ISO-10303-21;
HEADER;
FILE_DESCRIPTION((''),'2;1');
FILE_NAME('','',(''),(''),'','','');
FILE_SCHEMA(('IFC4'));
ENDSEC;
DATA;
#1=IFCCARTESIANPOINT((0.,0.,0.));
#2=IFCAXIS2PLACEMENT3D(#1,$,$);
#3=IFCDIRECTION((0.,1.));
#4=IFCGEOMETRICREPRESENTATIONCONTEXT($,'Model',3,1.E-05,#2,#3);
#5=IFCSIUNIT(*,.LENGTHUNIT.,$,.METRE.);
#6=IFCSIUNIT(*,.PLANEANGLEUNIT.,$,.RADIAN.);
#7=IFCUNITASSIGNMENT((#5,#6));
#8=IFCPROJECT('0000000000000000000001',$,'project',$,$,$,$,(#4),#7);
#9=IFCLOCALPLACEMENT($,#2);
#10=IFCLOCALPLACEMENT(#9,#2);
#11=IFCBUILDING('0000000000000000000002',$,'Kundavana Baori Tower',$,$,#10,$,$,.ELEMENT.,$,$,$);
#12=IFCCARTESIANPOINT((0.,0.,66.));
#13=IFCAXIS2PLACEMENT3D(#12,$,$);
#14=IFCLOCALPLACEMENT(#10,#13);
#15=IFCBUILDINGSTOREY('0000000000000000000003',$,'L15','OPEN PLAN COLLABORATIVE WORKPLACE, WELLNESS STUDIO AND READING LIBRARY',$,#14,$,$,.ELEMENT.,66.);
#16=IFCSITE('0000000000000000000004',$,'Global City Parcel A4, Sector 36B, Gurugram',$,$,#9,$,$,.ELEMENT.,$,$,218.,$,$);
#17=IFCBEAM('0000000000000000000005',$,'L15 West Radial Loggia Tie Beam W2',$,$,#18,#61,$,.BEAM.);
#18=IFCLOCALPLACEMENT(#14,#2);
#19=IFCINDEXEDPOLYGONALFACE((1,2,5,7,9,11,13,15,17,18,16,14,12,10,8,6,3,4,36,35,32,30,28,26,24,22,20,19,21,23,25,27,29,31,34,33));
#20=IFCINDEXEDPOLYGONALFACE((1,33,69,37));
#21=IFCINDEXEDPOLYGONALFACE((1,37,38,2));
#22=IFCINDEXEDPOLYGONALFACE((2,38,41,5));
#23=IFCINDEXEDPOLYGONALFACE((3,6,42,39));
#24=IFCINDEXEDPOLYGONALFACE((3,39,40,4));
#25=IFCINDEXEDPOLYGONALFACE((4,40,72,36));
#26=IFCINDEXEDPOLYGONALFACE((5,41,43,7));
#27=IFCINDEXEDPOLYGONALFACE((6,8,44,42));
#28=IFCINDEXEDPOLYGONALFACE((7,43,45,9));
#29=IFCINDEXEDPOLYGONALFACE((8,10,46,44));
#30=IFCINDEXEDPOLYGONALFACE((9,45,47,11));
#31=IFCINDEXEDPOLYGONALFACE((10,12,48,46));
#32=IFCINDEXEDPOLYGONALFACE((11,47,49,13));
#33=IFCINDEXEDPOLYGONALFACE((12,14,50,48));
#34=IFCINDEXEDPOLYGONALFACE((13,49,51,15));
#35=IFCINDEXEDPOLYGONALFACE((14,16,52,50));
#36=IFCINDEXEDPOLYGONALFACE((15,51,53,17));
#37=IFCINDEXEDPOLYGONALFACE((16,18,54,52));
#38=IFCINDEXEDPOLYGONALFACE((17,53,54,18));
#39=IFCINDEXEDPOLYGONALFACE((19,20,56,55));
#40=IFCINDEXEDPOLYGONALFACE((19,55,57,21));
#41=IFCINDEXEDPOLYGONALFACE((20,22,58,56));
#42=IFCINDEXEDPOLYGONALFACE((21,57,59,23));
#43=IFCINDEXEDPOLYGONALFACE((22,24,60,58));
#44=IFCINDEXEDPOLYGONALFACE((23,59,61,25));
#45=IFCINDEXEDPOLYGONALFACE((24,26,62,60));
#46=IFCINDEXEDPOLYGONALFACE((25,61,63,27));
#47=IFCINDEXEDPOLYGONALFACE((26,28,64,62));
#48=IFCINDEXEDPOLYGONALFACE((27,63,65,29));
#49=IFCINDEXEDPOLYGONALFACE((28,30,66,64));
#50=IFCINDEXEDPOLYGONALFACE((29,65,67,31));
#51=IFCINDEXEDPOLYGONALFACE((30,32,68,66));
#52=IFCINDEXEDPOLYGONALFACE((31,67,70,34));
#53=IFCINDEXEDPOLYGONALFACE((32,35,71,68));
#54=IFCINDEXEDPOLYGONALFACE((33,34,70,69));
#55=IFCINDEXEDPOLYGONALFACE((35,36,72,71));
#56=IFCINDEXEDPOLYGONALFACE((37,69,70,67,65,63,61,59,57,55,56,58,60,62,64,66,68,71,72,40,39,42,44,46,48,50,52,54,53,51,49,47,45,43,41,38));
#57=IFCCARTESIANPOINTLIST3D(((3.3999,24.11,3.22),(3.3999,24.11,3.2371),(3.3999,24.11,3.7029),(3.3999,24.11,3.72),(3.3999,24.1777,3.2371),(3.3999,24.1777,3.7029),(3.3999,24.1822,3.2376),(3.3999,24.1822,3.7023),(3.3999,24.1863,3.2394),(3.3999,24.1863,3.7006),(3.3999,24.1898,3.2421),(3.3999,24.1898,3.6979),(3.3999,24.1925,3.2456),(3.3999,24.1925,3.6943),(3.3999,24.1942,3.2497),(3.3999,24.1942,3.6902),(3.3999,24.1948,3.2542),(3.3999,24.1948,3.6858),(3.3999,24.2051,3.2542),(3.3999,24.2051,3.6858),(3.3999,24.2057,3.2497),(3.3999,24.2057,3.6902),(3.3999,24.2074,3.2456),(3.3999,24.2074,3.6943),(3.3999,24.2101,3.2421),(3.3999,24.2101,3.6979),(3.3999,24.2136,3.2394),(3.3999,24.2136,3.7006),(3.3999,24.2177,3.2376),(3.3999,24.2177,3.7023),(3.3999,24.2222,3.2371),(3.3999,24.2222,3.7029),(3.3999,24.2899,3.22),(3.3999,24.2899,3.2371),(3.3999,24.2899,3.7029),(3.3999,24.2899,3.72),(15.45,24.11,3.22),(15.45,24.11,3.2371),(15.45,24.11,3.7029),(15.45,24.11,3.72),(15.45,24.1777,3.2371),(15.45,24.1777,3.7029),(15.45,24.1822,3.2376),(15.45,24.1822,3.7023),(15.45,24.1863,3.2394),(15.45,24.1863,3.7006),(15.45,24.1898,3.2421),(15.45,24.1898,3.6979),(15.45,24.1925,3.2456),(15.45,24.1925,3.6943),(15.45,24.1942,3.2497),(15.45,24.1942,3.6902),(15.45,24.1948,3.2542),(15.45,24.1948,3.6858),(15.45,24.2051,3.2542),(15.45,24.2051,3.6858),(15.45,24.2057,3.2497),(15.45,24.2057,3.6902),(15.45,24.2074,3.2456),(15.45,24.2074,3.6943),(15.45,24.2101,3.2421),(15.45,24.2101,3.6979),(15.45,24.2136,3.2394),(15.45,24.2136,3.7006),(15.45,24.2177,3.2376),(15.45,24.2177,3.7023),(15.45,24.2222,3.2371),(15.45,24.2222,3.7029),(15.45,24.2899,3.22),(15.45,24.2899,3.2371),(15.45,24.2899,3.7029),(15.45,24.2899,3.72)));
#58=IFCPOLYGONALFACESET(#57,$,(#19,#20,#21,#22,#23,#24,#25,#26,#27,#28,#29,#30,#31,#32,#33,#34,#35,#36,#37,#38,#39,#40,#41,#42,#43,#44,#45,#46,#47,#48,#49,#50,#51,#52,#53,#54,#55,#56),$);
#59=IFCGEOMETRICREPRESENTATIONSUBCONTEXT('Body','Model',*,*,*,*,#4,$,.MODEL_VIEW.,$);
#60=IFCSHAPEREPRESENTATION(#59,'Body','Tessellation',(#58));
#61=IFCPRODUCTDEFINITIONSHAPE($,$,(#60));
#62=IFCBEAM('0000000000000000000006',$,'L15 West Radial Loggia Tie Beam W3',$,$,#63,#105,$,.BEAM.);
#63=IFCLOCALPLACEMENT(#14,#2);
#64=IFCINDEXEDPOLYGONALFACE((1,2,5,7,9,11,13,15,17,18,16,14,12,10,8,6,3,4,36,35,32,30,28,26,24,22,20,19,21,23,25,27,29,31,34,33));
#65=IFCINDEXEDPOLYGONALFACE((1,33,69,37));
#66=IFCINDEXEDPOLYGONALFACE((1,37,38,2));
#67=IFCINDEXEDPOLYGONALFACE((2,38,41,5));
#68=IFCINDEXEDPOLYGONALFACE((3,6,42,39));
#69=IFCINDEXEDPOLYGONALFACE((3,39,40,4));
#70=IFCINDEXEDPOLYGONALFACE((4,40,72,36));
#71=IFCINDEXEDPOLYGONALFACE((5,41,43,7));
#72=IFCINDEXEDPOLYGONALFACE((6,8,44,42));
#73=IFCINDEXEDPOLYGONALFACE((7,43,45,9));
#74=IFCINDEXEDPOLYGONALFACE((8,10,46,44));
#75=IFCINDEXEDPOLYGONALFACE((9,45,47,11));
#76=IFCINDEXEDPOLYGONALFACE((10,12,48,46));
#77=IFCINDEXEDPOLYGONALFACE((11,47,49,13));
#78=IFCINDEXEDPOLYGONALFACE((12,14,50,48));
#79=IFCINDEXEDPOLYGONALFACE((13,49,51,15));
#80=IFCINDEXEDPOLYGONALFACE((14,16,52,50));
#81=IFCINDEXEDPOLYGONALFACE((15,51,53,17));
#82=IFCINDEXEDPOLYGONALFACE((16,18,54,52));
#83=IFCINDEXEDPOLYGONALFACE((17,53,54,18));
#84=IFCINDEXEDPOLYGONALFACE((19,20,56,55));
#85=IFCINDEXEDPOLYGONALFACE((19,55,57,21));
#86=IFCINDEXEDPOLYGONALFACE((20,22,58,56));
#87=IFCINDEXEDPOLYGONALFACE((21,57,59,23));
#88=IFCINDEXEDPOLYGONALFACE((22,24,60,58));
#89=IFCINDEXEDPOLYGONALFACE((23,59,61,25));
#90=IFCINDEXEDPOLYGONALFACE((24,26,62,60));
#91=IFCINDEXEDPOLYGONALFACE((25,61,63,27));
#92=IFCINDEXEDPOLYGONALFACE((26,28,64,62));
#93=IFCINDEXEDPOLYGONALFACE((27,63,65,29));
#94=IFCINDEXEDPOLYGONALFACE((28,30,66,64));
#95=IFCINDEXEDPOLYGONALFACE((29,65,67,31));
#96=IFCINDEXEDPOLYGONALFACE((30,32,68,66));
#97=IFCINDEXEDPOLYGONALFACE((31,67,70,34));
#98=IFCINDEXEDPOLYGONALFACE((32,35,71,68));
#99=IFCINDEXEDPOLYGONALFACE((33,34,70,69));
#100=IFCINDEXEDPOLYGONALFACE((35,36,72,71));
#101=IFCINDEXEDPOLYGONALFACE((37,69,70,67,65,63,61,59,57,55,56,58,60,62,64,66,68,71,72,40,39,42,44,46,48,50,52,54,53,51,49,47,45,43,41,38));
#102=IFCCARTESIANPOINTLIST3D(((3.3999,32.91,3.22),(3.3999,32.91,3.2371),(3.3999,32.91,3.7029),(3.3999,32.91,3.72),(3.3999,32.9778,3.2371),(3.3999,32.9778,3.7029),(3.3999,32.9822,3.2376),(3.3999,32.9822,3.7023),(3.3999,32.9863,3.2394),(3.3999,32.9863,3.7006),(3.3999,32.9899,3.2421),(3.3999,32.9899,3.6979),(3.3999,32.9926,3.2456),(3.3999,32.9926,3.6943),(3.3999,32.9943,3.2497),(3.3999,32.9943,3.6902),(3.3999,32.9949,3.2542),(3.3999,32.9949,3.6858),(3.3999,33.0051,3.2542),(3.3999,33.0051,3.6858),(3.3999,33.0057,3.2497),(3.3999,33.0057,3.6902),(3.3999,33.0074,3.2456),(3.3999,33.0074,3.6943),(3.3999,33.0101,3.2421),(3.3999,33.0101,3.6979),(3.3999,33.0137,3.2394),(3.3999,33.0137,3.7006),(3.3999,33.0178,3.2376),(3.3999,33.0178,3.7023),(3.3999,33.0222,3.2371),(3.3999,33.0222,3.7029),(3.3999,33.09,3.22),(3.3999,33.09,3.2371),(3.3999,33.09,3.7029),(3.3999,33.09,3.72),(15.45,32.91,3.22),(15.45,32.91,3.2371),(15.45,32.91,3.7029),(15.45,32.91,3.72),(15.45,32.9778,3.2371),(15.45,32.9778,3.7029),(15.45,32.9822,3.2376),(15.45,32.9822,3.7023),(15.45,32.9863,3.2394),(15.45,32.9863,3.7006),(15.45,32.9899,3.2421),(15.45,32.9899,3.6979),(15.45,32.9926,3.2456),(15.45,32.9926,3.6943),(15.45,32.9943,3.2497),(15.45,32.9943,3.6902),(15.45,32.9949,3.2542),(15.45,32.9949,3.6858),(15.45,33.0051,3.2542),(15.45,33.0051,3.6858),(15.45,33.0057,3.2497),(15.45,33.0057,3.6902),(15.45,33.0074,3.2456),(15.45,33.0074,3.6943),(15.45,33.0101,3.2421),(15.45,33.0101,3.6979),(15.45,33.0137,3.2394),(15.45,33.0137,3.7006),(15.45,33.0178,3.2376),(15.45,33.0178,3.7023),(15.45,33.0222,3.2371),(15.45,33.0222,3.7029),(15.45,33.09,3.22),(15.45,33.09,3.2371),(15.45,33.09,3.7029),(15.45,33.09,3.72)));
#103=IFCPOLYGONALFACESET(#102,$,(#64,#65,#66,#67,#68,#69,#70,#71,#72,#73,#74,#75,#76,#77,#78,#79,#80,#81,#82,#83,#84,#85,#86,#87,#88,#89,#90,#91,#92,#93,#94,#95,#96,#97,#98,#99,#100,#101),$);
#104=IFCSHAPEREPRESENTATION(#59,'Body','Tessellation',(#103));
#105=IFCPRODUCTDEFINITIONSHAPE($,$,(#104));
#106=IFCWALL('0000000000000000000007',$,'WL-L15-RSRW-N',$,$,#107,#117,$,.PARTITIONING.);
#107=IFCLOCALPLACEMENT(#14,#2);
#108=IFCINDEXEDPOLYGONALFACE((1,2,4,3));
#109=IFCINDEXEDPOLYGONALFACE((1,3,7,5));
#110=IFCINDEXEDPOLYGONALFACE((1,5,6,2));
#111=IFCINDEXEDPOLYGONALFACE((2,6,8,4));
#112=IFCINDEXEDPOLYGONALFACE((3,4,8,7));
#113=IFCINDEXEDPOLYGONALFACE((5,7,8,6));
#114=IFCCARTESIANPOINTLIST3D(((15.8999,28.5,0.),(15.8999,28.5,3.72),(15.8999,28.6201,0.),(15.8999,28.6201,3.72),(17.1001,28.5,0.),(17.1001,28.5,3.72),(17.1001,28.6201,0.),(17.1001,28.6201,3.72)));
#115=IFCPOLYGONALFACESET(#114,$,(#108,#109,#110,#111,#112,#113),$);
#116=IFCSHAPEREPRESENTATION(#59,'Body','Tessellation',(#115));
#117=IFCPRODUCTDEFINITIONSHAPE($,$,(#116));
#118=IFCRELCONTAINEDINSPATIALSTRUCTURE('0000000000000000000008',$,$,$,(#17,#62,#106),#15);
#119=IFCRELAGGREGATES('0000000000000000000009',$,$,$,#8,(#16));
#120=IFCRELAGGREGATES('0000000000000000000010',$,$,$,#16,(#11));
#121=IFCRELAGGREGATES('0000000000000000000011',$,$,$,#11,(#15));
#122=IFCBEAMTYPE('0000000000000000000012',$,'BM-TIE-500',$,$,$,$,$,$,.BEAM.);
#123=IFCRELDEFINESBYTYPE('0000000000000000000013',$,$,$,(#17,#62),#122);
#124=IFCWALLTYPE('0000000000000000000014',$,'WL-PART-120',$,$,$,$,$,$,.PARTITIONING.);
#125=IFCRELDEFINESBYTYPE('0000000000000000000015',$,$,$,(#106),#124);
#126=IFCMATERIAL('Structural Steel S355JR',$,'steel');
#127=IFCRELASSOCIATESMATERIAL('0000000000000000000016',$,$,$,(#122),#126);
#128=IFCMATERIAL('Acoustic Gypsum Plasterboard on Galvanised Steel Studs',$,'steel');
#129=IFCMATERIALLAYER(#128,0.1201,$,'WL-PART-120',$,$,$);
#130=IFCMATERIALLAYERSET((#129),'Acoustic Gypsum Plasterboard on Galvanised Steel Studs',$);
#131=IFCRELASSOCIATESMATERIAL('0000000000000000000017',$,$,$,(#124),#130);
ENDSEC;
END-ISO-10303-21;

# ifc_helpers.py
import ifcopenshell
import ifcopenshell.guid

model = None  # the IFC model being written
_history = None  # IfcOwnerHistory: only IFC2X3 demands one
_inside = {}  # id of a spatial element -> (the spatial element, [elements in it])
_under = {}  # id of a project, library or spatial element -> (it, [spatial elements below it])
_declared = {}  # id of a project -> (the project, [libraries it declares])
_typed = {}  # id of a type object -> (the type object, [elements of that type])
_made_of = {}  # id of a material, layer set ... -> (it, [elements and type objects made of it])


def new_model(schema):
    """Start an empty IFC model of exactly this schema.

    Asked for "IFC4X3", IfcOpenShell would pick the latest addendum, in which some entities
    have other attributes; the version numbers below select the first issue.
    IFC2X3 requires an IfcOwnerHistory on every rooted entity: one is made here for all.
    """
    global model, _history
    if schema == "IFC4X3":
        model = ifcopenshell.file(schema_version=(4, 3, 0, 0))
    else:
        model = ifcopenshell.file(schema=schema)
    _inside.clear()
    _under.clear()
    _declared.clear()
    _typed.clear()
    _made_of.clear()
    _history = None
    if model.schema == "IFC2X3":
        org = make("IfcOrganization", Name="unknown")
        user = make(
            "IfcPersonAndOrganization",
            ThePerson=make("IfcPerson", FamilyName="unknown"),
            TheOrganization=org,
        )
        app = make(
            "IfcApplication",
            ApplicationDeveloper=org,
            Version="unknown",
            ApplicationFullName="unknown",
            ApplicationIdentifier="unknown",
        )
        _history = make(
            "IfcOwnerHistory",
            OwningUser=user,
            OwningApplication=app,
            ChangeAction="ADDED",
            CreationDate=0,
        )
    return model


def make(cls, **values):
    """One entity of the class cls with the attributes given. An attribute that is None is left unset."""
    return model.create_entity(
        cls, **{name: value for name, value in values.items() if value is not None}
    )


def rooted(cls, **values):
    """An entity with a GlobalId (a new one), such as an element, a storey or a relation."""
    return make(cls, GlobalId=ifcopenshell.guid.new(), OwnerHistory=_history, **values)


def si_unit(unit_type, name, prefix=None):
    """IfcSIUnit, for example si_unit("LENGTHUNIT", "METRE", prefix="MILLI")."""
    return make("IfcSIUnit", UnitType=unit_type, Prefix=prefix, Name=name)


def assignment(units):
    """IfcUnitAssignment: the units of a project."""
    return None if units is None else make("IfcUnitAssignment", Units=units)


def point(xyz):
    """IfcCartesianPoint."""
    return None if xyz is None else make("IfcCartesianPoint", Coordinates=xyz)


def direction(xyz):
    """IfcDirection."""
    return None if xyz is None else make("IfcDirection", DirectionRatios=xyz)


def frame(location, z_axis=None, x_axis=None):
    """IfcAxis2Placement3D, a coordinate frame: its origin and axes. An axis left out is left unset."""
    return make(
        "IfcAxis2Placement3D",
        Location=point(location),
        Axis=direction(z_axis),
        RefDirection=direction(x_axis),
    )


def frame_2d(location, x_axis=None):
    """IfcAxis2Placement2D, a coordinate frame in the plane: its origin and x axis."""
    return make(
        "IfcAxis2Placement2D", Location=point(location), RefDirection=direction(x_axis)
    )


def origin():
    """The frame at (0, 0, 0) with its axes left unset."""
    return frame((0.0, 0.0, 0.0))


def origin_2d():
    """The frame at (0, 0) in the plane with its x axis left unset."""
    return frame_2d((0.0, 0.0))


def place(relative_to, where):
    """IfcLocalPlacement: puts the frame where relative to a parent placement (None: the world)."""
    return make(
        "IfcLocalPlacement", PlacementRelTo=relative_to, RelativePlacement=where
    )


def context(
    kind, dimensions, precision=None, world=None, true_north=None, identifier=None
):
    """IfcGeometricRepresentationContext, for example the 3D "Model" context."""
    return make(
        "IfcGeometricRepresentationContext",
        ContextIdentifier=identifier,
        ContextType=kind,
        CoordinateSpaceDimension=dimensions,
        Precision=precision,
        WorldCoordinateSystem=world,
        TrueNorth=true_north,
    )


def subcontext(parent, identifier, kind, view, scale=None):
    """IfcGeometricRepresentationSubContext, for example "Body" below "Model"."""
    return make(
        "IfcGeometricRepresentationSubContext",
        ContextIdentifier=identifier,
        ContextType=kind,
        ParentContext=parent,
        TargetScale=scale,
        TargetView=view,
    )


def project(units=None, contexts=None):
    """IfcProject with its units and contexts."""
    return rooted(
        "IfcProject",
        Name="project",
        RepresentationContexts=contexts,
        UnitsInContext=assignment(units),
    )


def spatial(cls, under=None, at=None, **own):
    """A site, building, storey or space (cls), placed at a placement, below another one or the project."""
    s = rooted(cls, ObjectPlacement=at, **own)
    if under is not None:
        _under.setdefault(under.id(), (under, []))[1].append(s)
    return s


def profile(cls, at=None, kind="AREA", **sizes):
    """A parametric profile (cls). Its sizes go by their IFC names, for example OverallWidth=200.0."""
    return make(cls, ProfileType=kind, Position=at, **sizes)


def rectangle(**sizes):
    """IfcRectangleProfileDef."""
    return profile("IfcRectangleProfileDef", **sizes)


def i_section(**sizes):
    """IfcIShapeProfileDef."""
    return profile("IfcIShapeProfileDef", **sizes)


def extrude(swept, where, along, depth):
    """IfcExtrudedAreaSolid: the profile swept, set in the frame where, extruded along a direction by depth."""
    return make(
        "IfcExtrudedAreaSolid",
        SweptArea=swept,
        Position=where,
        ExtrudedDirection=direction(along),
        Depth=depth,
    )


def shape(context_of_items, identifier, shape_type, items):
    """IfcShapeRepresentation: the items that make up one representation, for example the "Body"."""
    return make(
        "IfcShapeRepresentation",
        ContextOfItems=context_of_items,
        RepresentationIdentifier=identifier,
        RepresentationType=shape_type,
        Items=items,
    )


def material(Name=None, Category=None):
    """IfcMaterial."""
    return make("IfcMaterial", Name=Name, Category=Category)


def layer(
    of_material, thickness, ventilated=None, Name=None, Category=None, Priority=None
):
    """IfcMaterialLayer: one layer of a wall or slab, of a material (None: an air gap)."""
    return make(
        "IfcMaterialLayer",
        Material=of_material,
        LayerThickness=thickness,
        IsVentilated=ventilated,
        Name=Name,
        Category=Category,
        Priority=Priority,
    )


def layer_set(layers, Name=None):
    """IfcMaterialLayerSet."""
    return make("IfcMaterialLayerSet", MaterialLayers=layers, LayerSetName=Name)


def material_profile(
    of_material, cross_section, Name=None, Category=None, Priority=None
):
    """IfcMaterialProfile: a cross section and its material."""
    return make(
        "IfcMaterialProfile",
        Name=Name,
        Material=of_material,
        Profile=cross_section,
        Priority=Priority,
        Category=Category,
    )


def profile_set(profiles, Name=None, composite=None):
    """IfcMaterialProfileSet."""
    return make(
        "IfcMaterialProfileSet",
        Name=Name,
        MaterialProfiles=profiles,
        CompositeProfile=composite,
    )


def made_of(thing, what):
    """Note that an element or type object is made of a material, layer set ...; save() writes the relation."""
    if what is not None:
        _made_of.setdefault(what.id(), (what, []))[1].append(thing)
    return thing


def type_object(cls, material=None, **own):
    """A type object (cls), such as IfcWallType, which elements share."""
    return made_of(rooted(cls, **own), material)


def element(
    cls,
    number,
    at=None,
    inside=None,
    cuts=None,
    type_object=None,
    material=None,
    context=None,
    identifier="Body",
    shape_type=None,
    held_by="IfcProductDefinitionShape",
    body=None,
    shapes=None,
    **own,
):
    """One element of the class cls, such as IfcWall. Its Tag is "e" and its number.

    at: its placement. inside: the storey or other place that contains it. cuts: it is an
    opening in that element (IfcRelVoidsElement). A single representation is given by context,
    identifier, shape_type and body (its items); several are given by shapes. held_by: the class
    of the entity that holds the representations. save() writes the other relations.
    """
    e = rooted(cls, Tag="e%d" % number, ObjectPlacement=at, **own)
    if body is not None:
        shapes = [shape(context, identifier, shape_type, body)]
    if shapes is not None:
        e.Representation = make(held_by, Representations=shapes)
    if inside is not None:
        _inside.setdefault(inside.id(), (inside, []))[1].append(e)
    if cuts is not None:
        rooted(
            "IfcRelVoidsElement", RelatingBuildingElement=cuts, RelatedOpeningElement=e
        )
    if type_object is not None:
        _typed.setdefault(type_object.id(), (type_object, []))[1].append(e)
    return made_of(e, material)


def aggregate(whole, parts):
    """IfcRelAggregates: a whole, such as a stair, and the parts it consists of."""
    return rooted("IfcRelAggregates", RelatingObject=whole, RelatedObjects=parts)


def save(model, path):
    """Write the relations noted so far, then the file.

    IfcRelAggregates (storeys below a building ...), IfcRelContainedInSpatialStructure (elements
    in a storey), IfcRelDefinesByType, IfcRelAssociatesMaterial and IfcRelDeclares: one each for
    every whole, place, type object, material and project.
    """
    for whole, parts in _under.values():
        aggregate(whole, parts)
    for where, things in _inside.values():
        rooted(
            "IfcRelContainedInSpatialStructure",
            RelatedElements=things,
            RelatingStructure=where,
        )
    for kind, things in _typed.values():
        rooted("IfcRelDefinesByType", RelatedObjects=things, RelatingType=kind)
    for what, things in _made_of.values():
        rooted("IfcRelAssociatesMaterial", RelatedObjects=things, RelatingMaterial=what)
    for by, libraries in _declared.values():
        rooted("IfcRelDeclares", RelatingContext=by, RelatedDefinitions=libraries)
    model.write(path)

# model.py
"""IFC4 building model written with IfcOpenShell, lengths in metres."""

from ifc_helpers import new_model, si_unit, direction, frame, frame_2d, origin, origin_2d, place, context, subcontext, project, spatial, rectangle, i_section, extrude, material, layer, layer_set, material_profile, profile_set, type_object, element, save


model = new_model("IFC4")

# Units and contexts
model_context = context("Model", 3, precision=1e-05, world=origin(), true_north=direction((0.0, 1.0)))
body_context = subcontext(model_context, "Body", "Model", "MODEL_VIEW")
ifc_project = project(units=[si_unit("LENGTHUNIT", "METRE"), si_unit("PLANEANGLEUNIT", "RADIAN")], contexts=[model_context])

# Site, building, storey
site_placement = place(None, origin())
site = spatial("IfcSite", under=ifc_project, at=site_placement, Name="Global City Parcel A4, Sector 36B, Gurugram", CompositionType="ELEMENT", RefElevation=218.0)
building_placement = place(site_placement, origin())
building = spatial("IfcBuilding", under=site, at=building_placement, Name="Kundavana Baori Tower", CompositionType="ELEMENT")
storey_placement = place(building_placement, frame((0.0, 0.0, 66.0)))
storey = spatial("IfcBuildingStorey", under=building, at=storey_placement, Name="L15", Description="OPEN PLAN COLLABORATIVE WORKPLACE, WELLNESS STUDIO AND READING LIBRARY", CompositionType="ELEMENT", Elevation=66.0)

# Beams
ifc_material_1 = material(Name="Structural Steel S355JR", Category="steel")
ifc_material_profile_1 = material_profile(ifc_material_1, i_section(OverallWidth=0.1799, OverallDepth=0.5, WebThickness=0.0103, FlangeThickness=0.0171, FilletRadius=0.0171, at=origin_2d()), Name="ISMB 500")
ifc_profile_set_1 = profile_set([ifc_material_profile_1], Name="Structural Steel S355JR")
beam_type_1 = type_object("IfcBeamType", Name="BM-TIE-500", PredefinedType="BEAM", material=ifc_profile_set_1)
for number, where, z_axis, x_axis, name in (
    (1, (15.45, 24.2, 3.47), (-1.0, 0.0, 0.0), (0.0, -1.0, 0.0), "L15 West Radial Loggia Tie Beam W2"),
    (2, (15.45, 33.0, 3.47), (-1.0, 0.0, 0.0), (0.0, -1.0, 0.0), "L15 West Radial Loggia Tie Beam W3"),
):
    element("IfcBeam", number, at=place(storey_placement, frame(where, z_axis=z_axis, x_axis=x_axis)), inside=storey, type_object=beam_type_1, Name=name, PredefinedType="BEAM", context=body_context, shape_type="SweptSolid", body=[
        extrude(i_section(OverallWidth=0.1799, OverallDepth=0.5, WebThickness=0.0103, FlangeThickness=0.0171, FilletRadius=0.0171, at=origin_2d()), origin(), (0.0, 0.0, 1.0), 12.05),
    ])

# Wall
ifc_material_2 = material(Name="Acoustic Gypsum Plasterboard on Galvanised Steel Studs", Category="steel")
ifc_layer_1 = layer(ifc_material_2, 0.1201, Name="WL-PART-120")
ifc_layer_set_1 = layer_set([ifc_layer_1], Name="Acoustic Gypsum Plasterboard on Galvanised Steel Studs")
wall_type_1 = type_object("IfcWallType", Name="WL-PART-120", PredefinedType="PARTITIONING", material=ifc_layer_set_1)
wall_1_placement = place(storey_placement, frame((15.8999, 28.5601, 0.0), z_axis=(0.0, 0.0, 1.0), x_axis=(1.0, 0.0, 0.0)))
element("IfcWall", 3, at=wall_1_placement, inside=storey, type_object=wall_type_1, Name="WL-L15-RSRW-N", PredefinedType="PARTITIONING", context=body_context, shape_type="SweptSolid", body=[
    extrude(rectangle(XDim=1.2002, YDim=0.1201, at=frame_2d((0.6001, 0.0))), origin(), (0.0, 0.0, 1.0), 3.72),
])

save(model, "model.ifc")
